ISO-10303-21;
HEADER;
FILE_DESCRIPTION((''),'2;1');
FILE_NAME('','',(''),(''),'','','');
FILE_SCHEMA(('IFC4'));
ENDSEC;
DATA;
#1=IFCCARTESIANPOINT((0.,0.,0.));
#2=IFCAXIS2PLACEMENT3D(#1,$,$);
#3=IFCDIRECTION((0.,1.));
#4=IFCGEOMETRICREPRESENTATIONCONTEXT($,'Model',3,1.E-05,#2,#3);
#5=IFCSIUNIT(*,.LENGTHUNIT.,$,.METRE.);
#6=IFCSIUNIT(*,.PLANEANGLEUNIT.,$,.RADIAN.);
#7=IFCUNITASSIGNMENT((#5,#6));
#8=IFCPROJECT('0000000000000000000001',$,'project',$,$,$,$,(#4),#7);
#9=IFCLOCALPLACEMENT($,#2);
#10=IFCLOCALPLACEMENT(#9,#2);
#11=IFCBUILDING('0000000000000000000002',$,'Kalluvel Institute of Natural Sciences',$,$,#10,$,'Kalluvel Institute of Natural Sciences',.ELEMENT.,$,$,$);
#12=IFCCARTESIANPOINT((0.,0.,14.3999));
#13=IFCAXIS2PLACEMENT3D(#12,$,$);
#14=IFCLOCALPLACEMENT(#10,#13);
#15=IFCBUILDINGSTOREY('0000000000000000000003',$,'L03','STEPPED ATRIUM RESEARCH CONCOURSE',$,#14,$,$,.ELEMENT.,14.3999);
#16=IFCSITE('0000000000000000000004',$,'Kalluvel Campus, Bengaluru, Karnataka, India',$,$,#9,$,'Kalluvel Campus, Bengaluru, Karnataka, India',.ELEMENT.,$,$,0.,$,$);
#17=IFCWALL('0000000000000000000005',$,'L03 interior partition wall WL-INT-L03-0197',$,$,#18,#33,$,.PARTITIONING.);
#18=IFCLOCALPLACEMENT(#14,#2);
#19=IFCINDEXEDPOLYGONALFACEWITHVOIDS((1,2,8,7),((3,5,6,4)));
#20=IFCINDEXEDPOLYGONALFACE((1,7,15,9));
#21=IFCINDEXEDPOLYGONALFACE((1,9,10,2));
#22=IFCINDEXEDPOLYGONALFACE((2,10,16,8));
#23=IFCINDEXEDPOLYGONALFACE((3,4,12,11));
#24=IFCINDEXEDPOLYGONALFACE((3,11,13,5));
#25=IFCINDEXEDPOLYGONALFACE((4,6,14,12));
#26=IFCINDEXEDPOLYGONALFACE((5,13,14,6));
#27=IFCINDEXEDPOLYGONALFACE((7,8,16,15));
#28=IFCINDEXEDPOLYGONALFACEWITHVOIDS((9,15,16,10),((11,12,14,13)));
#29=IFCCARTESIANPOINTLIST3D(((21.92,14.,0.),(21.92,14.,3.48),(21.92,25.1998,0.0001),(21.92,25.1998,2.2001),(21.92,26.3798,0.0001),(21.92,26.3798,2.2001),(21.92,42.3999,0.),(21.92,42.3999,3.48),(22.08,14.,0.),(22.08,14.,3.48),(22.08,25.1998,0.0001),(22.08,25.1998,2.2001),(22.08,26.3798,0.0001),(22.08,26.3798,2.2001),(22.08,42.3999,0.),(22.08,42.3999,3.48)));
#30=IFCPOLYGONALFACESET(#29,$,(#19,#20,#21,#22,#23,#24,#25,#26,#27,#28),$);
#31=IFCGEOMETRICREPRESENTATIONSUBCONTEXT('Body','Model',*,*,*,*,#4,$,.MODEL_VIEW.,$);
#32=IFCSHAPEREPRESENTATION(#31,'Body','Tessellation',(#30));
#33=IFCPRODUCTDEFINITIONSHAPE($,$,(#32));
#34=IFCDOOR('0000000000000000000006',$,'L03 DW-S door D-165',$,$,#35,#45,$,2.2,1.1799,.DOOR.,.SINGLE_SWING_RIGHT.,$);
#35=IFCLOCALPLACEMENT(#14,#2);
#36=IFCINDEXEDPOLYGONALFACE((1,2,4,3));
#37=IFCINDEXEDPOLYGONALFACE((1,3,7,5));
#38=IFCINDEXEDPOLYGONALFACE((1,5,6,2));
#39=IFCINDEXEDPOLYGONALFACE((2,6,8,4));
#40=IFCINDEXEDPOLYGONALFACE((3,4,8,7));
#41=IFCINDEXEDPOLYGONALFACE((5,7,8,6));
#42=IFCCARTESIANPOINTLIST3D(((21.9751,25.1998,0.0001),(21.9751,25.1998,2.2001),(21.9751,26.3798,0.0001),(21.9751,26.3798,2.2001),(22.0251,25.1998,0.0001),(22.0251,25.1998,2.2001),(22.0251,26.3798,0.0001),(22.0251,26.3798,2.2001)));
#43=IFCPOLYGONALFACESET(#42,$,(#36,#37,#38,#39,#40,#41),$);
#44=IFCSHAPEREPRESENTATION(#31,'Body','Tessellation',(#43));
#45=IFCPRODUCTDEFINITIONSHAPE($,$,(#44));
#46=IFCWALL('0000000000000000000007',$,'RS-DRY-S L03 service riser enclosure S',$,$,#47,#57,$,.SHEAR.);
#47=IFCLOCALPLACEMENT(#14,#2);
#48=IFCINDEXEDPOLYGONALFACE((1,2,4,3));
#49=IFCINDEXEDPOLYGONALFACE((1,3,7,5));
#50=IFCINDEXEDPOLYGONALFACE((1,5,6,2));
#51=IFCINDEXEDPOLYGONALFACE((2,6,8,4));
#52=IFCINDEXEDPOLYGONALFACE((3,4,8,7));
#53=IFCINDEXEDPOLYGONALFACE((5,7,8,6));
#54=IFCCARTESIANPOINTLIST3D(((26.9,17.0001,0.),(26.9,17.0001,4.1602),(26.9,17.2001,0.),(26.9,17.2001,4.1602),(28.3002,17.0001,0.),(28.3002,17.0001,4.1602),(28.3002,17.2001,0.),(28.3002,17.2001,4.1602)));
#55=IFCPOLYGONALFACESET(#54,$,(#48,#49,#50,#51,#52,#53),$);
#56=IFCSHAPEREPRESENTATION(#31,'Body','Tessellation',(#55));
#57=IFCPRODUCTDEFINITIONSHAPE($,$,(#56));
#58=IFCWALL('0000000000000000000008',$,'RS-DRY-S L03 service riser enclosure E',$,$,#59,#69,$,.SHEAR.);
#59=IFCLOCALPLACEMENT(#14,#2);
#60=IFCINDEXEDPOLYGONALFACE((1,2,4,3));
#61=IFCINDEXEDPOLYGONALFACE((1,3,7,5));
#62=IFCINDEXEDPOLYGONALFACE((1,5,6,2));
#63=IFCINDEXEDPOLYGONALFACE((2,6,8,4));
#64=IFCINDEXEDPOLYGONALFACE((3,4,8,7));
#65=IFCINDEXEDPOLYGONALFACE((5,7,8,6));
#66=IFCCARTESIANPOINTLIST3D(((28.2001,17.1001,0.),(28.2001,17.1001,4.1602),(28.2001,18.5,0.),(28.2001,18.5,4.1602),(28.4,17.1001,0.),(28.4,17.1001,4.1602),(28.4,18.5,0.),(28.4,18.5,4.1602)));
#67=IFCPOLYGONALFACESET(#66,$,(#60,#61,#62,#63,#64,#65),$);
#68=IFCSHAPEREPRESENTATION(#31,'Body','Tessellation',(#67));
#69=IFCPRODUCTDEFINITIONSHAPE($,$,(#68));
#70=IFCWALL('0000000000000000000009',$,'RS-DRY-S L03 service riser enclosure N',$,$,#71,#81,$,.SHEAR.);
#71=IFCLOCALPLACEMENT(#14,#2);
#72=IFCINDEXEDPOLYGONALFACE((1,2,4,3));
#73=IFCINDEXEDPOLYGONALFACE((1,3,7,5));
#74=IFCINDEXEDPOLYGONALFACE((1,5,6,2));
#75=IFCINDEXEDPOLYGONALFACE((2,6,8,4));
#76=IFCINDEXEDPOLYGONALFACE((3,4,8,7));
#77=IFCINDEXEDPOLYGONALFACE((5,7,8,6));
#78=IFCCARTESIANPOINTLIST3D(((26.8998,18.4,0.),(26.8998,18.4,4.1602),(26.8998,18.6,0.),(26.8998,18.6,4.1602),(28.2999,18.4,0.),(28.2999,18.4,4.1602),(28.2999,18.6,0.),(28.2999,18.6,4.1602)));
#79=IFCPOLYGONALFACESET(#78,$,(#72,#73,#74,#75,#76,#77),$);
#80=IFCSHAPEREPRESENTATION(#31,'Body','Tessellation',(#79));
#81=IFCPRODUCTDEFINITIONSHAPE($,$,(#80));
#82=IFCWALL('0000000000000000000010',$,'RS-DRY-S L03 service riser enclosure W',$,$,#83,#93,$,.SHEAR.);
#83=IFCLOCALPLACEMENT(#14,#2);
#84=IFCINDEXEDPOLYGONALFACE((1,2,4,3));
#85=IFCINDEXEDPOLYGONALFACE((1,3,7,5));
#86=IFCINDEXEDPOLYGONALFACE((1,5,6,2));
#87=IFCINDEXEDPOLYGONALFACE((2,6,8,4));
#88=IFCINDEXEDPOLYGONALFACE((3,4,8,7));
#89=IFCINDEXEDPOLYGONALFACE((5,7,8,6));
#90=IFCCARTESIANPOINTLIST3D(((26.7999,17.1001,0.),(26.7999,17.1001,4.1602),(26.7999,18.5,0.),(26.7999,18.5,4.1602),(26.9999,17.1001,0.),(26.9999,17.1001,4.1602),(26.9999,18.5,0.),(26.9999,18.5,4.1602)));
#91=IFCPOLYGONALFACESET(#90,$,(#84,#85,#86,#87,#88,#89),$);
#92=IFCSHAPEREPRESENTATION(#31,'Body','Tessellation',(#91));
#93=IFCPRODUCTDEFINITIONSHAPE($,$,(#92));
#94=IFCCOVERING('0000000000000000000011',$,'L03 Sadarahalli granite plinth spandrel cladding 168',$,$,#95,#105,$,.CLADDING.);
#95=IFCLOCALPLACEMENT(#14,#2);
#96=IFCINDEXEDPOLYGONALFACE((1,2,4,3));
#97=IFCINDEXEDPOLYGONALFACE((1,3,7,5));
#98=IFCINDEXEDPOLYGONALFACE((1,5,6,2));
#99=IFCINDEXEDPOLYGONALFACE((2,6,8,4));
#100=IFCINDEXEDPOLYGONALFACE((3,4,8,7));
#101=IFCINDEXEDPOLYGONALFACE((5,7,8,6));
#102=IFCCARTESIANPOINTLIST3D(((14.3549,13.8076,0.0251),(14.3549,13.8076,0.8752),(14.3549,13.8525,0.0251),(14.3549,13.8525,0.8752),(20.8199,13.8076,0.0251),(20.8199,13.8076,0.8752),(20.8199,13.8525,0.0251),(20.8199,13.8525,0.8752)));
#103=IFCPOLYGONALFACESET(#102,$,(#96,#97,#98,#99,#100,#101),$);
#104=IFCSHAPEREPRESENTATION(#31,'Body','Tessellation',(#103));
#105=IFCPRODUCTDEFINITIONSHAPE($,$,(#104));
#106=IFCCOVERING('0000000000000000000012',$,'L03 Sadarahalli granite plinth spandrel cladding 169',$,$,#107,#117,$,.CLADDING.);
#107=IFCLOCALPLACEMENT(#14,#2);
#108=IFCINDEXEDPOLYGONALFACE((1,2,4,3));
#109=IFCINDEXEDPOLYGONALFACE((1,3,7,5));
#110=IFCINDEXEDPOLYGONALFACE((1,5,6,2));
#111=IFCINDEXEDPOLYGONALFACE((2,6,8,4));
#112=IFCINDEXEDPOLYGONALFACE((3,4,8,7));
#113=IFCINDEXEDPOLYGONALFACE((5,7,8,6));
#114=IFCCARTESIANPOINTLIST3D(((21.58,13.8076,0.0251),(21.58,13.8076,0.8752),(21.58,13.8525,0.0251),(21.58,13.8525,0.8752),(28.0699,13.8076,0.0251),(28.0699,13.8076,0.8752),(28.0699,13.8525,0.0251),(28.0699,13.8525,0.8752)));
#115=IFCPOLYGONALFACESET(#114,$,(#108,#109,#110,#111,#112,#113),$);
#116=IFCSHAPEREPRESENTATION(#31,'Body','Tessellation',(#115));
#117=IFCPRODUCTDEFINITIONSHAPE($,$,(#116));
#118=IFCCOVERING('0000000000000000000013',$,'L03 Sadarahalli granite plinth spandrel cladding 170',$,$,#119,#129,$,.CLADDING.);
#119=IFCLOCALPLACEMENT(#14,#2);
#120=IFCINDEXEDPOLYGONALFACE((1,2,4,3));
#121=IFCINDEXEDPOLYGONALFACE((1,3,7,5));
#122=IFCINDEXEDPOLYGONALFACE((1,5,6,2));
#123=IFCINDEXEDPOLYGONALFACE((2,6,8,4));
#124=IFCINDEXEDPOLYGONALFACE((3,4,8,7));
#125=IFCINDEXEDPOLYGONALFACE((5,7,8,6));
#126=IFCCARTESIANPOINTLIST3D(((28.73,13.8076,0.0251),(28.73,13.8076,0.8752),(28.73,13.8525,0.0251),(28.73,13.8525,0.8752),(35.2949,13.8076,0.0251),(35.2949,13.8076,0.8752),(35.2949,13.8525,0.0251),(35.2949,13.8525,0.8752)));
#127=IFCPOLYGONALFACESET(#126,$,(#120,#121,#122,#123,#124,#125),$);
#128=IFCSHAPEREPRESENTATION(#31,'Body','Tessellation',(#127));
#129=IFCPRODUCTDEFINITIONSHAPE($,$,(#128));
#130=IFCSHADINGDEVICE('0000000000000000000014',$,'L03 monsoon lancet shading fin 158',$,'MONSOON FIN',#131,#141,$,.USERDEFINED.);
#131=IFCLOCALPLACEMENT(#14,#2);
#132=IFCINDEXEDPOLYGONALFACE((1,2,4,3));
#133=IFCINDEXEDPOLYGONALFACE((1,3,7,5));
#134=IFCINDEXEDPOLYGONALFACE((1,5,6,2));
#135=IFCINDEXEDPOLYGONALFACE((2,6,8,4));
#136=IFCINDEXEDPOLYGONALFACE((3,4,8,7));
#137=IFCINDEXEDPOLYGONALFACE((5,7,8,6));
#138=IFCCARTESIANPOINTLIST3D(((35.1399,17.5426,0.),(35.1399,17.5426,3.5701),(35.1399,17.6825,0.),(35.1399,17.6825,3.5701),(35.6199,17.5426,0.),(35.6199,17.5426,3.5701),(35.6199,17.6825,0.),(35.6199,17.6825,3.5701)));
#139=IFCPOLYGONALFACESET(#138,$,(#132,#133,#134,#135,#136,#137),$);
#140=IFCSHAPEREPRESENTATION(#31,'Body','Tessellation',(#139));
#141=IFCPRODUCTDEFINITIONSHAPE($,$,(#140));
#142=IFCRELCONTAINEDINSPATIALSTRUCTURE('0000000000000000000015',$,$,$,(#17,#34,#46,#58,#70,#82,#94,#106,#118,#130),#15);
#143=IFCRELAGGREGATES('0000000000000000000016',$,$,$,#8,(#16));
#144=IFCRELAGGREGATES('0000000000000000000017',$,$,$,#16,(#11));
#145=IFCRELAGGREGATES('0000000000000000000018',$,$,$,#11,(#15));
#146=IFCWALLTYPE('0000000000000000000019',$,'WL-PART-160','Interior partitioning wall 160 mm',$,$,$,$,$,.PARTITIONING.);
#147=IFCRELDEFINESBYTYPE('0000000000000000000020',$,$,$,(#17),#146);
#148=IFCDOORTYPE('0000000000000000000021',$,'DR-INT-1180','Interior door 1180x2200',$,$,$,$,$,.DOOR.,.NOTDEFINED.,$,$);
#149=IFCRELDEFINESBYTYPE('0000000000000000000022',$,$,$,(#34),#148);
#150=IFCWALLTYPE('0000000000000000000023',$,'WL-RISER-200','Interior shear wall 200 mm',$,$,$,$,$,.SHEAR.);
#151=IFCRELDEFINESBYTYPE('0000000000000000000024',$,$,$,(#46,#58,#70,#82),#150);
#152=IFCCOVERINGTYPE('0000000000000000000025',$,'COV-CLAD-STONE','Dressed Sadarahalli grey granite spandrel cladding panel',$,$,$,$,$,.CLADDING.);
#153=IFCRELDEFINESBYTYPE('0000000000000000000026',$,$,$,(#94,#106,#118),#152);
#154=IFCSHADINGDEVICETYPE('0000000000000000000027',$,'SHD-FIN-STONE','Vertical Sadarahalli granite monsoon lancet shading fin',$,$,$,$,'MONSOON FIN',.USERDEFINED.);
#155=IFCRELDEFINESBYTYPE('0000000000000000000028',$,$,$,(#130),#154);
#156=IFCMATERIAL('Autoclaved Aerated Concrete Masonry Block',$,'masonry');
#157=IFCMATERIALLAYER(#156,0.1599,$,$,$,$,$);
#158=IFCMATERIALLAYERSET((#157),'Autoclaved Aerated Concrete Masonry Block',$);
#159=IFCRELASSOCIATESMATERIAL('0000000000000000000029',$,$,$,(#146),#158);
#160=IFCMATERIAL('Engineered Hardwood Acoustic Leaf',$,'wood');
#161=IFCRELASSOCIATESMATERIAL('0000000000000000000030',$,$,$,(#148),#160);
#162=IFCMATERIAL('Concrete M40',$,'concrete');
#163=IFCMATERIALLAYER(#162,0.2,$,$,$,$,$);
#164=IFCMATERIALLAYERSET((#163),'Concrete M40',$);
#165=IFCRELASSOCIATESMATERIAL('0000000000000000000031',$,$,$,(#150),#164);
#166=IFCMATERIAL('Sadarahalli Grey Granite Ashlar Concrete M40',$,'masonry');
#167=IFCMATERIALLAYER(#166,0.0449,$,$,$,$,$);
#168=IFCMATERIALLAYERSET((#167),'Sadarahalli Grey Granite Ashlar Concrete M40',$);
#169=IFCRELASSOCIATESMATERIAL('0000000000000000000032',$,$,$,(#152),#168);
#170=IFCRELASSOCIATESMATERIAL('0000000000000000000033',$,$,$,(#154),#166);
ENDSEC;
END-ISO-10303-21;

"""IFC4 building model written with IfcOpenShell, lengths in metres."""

from ifc_helpers import new_model, si_unit, direction, frame, frame_2d, origin, origin_2d, place, context, subcontext, project, spatial, rectangle, extrude, material, layer, layer_set, type_object, element, fill, save


model = new_model("IFC4")

# Units and contexts
model_context = context("Model", 3, precision=1e-05, world=origin(), true_north=direction((0.0, 1.0)))
body_context = subcontext(model_context, "Body", "Model", "MODEL_VIEW")
ifc_project = project(units=[si_unit("LENGTHUNIT", "METRE"), si_unit("PLANEANGLEUNIT", "RADIAN")], contexts=[model_context])

# Site, building, storey
site_placement = place(None, origin())
site = spatial("IfcSite", under=ifc_project, at=site_placement, Name="Kalluvel Campus, Bengaluru, Karnataka, India", LongName="Kalluvel Campus, Bengaluru, Karnataka, India", CompositionType="ELEMENT", RefElevation=0.0)
building_placement = place(site_placement, origin())
building = spatial("IfcBuilding", under=site, at=building_placement, Name="Kalluvel Institute of Natural Sciences", LongName="Kalluvel Institute of Natural Sciences", CompositionType="ELEMENT")
storey_placement = place(building_placement, frame((0.0, 0.0, 14.3999)))
storey = spatial("IfcBuildingStorey", under=building, at=storey_placement, Name="L03", Description="STEPPED ATRIUM RESEARCH CONCOURSE", CompositionType="ELEMENT", Elevation=14.3999)

# Shared definitions
ifc_material_1 = material(Name="Concrete M40", Category="concrete")

# Shared definitions
ifc_material_2 = material(Name="Sadarahalli Grey Granite Ashlar Concrete M40", Category="masonry")

# Wall, opening, door
ifc_material_3 = material(Name="Autoclaved Aerated Concrete Masonry Block", Category="masonry")
ifc_layer_1 = layer(ifc_material_3, 0.1599)
ifc_layer_set_1 = layer_set([ifc_layer_1], Name="Autoclaved Aerated Concrete Masonry Block")
wall_type_1 = type_object("IfcWallType", Name="WL-PART-160", Description="Interior partitioning wall 160 mm", PredefinedType="PARTITIONING", material=ifc_layer_set_1)
ifc_material_4 = material(Name="Engineered Hardwood Acoustic Leaf", Category="wood")
wall_1_placement = place(storey_placement, frame((22.0, 14.0, 0.0), z_axis=(0.0, 0.0, 1.0), x_axis=(0.0, 1.0, 0.0)))
wall_1 = element("IfcWall", 1, at=wall_1_placement, inside=storey, type_object=wall_type_1, Name="L03 interior partition wall WL-INT-L03-0197", PredefinedType="PARTITIONING", context=body_context, shape_type="SweptSolid", body=[
    extrude(rectangle(XDim=28.3999, YDim=0.1599, at=frame_2d((14.2, 0.0))), origin(), (0.0, 0.0, 1.0), 3.48),
])
opening_1_placement = place(wall_1_placement, frame((11.2, 0.0, 0.0)))
opening_1 = element("IfcOpeningElement", 2, at=opening_1_placement, cuts=wall_1, PredefinedType="OPENING", context=body_context, shape_type="SweptSolid", body=[
    extrude(rectangle(XDim=1.1799, YDim=2.2, at=frame_2d((0.5898, 1.1001))), frame((0.0, 0.0898, 0.0), z_axis=(0.0, -1.0, 0.0), x_axis=(1.0, 0.0, 0.0)), (0.0, 0.0, 1.0), 0.1799),
])
door_type_1 = type_object("IfcDoorType", Name="DR-INT-1180", Description="Interior door 1180x2200", OperationType="NOTDEFINED", PredefinedType="DOOR", material=ifc_material_4)
door_1_placement = place(opening_1_placement, origin())
door_1 = element("IfcDoor", 3, at=door_1_placement, inside=storey, type_object=door_type_1, Name="L03 DW-S door D-165", OperationType="SINGLE_SWING_RIGHT", OverallHeight=2.2, OverallWidth=1.1799, PredefinedType="DOOR", context=body_context, shape_type="SweptSolid", body=[
    extrude(rectangle(XDim=1.1799, YDim=2.2, at=frame_2d((0.5898, 1.1001))), frame((0.0, 0.0249, 0.0), z_axis=(0.0, -1.0, 0.0), x_axis=(1.0, 0.0, 0.0)), (0.0, 0.0, 1.0), 0.05),
])
fill(opening_1, door_1)

# Walls
ifc_layer_2 = layer(ifc_material_1, 0.2)
ifc_layer_set_2 = layer_set([ifc_layer_2], Name="Concrete M40")
wall_type_2 = type_object("IfcWallType", Name="WL-RISER-200", Description="Interior shear wall 200 mm", PredefinedType="SHEAR", material=ifc_layer_set_2)
wall_2_placement = place(storey_placement, frame((26.8999, 17.1001, 0.0), z_axis=(0.0, 0.0, 1.0), x_axis=(1.0, 0.0, 0.0)))
element("IfcWall", 4, at=wall_2_placement, inside=storey, type_object=wall_type_2, Name="RS-DRY-S L03 service riser enclosure S", PredefinedType="SHEAR", context=body_context, shape_type="SweptSolid", body=[
    extrude(rectangle(XDim=1.4001, YDim=0.2, at=frame_2d((0.7002, 0.0))), origin(), (0.0, 0.0, 1.0), 4.1602),
])
wall_3_placement = place(storey_placement, frame((28.3, 17.1001, 0.0), z_axis=(0.0, 0.0, 1.0), x_axis=(0.0, 1.0, 0.0)))
element("IfcWall", 5, at=wall_3_placement, inside=storey, type_object=wall_type_2, Name="RS-DRY-S L03 service riser enclosure E", PredefinedType="SHEAR", context=body_context, shape_type="SweptSolid", body=[
    extrude(rectangle(XDim=1.3999, YDim=0.2, at=frame_2d((0.7, 0.0))), origin(), (0.0, 0.0, 1.0), 4.1602),
])
wall_4_placement = place(storey_placement, frame((28.3, 18.5, 0.0), z_axis=(0.0, 0.0, 1.0), x_axis=(-1.0, 0.0, 0.0)))
element("IfcWall", 6, at=wall_4_placement, inside=storey, type_object=wall_type_2, Name="RS-DRY-S L03 service riser enclosure N", PredefinedType="SHEAR", context=body_context, shape_type="SweptSolid", body=[
    extrude(rectangle(XDim=1.4001, YDim=0.2, at=frame_2d((0.7002, 0.0))), origin(), (0.0, 0.0, 1.0), 4.1602),
])
wall_5_placement = place(storey_placement, frame((26.8999, 18.5, 0.0), z_axis=(0.0, 0.0, 1.0), x_axis=(0.0, -1.0, 0.0)))
element("IfcWall", 7, at=wall_5_placement, inside=storey, type_object=wall_type_2, Name="RS-DRY-S L03 service riser enclosure W", PredefinedType="SHEAR", context=body_context, shape_type="SweptSolid", body=[
    extrude(rectangle(XDim=1.3999, YDim=0.2, at=frame_2d((0.7, 0.0))), origin(), (0.0, 0.0, 1.0), 4.1602),
])

# Coverings
ifc_layer_3 = layer(ifc_material_2, 0.0449)
ifc_layer_set_3 = layer_set([ifc_layer_3], Name="Sadarahalli Grey Granite Ashlar Concrete M40")
covering_type = type_object("IfcCoveringType", Name="COV-CLAD-STONE", Description="Dressed Sadarahalli grey granite spandrel cladding panel", PredefinedType="CLADDING", material=ifc_layer_set_3)
covering_1_placement = place(storey_placement, frame((17.5874, 13.8301, 0.0251), z_axis=(0.0, 0.0, 1.0), x_axis=(1.0, 0.0, 0.0)))
element("IfcCovering", 8, at=covering_1_placement, inside=storey, type_object=covering_type, Name="L03 Sadarahalli granite plinth spandrel cladding 168", PredefinedType="CLADDING", context=body_context, shape_type="SweptSolid", body=[
    extrude(rectangle(XDim=6.4651, YDim=0.0449, at=origin_2d()), origin(), (0.0, 0.0, 1.0), 0.8501),
])
covering_2_placement = place(storey_placement, frame((24.825, 13.8301, 0.0251), z_axis=(0.0, 0.0, 1.0), x_axis=(1.0, 0.0, 0.0)))
element("IfcCovering", 9, at=covering_2_placement, inside=storey, type_object=covering_type, Name="L03 Sadarahalli granite plinth spandrel cladding 169", PredefinedType="CLADDING", context=body_context, shape_type="SweptSolid", body=[
    extrude(rectangle(XDim=6.49, YDim=0.0449, at=origin_2d()), origin(), (0.0, 0.0, 1.0), 0.8501),
])
covering_3_placement = place(storey_placement, frame((32.0125, 13.8301, 0.0251), z_axis=(0.0, 0.0, 1.0), x_axis=(1.0, 0.0, 0.0)))
element("IfcCovering", 10, at=covering_3_placement, inside=storey, type_object=covering_type, Name="L03 Sadarahalli granite plinth spandrel cladding 170", PredefinedType="CLADDING", context=body_context, shape_type="SweptSolid", body=[
    extrude(rectangle(XDim=6.5649, YDim=0.0449, at=origin_2d()), origin(), (0.0, 0.0, 1.0), 0.8501),
])

# Shading device
shading_device_type = type_object("IfcShadingDeviceType", Name="SHD-FIN-STONE", Description="Vertical Sadarahalli granite monsoon lancet shading fin", ElementType="MONSOON FIN", PredefinedType="USERDEFINED", material=ifc_material_2)
shading_device_placement = place(storey_placement, frame((35.3799, 17.6125, 0.0), z_axis=(0.0, 0.0, 1.0), x_axis=(0.0, 1.0, 0.0)))
element("IfcShadingDevice", 11, at=shading_device_placement, inside=storey, type_object=shading_device_type, Name="L03 monsoon lancet shading fin 158", ObjectType="MONSOON FIN", PredefinedType="USERDEFINED", context=body_context, shape_type="SweptSolid", body=[
    extrude(rectangle(XDim=0.1399, YDim=0.48, at=origin_2d()), origin(), (0.0, 0.0, 1.0), 3.5701),
])

save(model, "model.ifc")
